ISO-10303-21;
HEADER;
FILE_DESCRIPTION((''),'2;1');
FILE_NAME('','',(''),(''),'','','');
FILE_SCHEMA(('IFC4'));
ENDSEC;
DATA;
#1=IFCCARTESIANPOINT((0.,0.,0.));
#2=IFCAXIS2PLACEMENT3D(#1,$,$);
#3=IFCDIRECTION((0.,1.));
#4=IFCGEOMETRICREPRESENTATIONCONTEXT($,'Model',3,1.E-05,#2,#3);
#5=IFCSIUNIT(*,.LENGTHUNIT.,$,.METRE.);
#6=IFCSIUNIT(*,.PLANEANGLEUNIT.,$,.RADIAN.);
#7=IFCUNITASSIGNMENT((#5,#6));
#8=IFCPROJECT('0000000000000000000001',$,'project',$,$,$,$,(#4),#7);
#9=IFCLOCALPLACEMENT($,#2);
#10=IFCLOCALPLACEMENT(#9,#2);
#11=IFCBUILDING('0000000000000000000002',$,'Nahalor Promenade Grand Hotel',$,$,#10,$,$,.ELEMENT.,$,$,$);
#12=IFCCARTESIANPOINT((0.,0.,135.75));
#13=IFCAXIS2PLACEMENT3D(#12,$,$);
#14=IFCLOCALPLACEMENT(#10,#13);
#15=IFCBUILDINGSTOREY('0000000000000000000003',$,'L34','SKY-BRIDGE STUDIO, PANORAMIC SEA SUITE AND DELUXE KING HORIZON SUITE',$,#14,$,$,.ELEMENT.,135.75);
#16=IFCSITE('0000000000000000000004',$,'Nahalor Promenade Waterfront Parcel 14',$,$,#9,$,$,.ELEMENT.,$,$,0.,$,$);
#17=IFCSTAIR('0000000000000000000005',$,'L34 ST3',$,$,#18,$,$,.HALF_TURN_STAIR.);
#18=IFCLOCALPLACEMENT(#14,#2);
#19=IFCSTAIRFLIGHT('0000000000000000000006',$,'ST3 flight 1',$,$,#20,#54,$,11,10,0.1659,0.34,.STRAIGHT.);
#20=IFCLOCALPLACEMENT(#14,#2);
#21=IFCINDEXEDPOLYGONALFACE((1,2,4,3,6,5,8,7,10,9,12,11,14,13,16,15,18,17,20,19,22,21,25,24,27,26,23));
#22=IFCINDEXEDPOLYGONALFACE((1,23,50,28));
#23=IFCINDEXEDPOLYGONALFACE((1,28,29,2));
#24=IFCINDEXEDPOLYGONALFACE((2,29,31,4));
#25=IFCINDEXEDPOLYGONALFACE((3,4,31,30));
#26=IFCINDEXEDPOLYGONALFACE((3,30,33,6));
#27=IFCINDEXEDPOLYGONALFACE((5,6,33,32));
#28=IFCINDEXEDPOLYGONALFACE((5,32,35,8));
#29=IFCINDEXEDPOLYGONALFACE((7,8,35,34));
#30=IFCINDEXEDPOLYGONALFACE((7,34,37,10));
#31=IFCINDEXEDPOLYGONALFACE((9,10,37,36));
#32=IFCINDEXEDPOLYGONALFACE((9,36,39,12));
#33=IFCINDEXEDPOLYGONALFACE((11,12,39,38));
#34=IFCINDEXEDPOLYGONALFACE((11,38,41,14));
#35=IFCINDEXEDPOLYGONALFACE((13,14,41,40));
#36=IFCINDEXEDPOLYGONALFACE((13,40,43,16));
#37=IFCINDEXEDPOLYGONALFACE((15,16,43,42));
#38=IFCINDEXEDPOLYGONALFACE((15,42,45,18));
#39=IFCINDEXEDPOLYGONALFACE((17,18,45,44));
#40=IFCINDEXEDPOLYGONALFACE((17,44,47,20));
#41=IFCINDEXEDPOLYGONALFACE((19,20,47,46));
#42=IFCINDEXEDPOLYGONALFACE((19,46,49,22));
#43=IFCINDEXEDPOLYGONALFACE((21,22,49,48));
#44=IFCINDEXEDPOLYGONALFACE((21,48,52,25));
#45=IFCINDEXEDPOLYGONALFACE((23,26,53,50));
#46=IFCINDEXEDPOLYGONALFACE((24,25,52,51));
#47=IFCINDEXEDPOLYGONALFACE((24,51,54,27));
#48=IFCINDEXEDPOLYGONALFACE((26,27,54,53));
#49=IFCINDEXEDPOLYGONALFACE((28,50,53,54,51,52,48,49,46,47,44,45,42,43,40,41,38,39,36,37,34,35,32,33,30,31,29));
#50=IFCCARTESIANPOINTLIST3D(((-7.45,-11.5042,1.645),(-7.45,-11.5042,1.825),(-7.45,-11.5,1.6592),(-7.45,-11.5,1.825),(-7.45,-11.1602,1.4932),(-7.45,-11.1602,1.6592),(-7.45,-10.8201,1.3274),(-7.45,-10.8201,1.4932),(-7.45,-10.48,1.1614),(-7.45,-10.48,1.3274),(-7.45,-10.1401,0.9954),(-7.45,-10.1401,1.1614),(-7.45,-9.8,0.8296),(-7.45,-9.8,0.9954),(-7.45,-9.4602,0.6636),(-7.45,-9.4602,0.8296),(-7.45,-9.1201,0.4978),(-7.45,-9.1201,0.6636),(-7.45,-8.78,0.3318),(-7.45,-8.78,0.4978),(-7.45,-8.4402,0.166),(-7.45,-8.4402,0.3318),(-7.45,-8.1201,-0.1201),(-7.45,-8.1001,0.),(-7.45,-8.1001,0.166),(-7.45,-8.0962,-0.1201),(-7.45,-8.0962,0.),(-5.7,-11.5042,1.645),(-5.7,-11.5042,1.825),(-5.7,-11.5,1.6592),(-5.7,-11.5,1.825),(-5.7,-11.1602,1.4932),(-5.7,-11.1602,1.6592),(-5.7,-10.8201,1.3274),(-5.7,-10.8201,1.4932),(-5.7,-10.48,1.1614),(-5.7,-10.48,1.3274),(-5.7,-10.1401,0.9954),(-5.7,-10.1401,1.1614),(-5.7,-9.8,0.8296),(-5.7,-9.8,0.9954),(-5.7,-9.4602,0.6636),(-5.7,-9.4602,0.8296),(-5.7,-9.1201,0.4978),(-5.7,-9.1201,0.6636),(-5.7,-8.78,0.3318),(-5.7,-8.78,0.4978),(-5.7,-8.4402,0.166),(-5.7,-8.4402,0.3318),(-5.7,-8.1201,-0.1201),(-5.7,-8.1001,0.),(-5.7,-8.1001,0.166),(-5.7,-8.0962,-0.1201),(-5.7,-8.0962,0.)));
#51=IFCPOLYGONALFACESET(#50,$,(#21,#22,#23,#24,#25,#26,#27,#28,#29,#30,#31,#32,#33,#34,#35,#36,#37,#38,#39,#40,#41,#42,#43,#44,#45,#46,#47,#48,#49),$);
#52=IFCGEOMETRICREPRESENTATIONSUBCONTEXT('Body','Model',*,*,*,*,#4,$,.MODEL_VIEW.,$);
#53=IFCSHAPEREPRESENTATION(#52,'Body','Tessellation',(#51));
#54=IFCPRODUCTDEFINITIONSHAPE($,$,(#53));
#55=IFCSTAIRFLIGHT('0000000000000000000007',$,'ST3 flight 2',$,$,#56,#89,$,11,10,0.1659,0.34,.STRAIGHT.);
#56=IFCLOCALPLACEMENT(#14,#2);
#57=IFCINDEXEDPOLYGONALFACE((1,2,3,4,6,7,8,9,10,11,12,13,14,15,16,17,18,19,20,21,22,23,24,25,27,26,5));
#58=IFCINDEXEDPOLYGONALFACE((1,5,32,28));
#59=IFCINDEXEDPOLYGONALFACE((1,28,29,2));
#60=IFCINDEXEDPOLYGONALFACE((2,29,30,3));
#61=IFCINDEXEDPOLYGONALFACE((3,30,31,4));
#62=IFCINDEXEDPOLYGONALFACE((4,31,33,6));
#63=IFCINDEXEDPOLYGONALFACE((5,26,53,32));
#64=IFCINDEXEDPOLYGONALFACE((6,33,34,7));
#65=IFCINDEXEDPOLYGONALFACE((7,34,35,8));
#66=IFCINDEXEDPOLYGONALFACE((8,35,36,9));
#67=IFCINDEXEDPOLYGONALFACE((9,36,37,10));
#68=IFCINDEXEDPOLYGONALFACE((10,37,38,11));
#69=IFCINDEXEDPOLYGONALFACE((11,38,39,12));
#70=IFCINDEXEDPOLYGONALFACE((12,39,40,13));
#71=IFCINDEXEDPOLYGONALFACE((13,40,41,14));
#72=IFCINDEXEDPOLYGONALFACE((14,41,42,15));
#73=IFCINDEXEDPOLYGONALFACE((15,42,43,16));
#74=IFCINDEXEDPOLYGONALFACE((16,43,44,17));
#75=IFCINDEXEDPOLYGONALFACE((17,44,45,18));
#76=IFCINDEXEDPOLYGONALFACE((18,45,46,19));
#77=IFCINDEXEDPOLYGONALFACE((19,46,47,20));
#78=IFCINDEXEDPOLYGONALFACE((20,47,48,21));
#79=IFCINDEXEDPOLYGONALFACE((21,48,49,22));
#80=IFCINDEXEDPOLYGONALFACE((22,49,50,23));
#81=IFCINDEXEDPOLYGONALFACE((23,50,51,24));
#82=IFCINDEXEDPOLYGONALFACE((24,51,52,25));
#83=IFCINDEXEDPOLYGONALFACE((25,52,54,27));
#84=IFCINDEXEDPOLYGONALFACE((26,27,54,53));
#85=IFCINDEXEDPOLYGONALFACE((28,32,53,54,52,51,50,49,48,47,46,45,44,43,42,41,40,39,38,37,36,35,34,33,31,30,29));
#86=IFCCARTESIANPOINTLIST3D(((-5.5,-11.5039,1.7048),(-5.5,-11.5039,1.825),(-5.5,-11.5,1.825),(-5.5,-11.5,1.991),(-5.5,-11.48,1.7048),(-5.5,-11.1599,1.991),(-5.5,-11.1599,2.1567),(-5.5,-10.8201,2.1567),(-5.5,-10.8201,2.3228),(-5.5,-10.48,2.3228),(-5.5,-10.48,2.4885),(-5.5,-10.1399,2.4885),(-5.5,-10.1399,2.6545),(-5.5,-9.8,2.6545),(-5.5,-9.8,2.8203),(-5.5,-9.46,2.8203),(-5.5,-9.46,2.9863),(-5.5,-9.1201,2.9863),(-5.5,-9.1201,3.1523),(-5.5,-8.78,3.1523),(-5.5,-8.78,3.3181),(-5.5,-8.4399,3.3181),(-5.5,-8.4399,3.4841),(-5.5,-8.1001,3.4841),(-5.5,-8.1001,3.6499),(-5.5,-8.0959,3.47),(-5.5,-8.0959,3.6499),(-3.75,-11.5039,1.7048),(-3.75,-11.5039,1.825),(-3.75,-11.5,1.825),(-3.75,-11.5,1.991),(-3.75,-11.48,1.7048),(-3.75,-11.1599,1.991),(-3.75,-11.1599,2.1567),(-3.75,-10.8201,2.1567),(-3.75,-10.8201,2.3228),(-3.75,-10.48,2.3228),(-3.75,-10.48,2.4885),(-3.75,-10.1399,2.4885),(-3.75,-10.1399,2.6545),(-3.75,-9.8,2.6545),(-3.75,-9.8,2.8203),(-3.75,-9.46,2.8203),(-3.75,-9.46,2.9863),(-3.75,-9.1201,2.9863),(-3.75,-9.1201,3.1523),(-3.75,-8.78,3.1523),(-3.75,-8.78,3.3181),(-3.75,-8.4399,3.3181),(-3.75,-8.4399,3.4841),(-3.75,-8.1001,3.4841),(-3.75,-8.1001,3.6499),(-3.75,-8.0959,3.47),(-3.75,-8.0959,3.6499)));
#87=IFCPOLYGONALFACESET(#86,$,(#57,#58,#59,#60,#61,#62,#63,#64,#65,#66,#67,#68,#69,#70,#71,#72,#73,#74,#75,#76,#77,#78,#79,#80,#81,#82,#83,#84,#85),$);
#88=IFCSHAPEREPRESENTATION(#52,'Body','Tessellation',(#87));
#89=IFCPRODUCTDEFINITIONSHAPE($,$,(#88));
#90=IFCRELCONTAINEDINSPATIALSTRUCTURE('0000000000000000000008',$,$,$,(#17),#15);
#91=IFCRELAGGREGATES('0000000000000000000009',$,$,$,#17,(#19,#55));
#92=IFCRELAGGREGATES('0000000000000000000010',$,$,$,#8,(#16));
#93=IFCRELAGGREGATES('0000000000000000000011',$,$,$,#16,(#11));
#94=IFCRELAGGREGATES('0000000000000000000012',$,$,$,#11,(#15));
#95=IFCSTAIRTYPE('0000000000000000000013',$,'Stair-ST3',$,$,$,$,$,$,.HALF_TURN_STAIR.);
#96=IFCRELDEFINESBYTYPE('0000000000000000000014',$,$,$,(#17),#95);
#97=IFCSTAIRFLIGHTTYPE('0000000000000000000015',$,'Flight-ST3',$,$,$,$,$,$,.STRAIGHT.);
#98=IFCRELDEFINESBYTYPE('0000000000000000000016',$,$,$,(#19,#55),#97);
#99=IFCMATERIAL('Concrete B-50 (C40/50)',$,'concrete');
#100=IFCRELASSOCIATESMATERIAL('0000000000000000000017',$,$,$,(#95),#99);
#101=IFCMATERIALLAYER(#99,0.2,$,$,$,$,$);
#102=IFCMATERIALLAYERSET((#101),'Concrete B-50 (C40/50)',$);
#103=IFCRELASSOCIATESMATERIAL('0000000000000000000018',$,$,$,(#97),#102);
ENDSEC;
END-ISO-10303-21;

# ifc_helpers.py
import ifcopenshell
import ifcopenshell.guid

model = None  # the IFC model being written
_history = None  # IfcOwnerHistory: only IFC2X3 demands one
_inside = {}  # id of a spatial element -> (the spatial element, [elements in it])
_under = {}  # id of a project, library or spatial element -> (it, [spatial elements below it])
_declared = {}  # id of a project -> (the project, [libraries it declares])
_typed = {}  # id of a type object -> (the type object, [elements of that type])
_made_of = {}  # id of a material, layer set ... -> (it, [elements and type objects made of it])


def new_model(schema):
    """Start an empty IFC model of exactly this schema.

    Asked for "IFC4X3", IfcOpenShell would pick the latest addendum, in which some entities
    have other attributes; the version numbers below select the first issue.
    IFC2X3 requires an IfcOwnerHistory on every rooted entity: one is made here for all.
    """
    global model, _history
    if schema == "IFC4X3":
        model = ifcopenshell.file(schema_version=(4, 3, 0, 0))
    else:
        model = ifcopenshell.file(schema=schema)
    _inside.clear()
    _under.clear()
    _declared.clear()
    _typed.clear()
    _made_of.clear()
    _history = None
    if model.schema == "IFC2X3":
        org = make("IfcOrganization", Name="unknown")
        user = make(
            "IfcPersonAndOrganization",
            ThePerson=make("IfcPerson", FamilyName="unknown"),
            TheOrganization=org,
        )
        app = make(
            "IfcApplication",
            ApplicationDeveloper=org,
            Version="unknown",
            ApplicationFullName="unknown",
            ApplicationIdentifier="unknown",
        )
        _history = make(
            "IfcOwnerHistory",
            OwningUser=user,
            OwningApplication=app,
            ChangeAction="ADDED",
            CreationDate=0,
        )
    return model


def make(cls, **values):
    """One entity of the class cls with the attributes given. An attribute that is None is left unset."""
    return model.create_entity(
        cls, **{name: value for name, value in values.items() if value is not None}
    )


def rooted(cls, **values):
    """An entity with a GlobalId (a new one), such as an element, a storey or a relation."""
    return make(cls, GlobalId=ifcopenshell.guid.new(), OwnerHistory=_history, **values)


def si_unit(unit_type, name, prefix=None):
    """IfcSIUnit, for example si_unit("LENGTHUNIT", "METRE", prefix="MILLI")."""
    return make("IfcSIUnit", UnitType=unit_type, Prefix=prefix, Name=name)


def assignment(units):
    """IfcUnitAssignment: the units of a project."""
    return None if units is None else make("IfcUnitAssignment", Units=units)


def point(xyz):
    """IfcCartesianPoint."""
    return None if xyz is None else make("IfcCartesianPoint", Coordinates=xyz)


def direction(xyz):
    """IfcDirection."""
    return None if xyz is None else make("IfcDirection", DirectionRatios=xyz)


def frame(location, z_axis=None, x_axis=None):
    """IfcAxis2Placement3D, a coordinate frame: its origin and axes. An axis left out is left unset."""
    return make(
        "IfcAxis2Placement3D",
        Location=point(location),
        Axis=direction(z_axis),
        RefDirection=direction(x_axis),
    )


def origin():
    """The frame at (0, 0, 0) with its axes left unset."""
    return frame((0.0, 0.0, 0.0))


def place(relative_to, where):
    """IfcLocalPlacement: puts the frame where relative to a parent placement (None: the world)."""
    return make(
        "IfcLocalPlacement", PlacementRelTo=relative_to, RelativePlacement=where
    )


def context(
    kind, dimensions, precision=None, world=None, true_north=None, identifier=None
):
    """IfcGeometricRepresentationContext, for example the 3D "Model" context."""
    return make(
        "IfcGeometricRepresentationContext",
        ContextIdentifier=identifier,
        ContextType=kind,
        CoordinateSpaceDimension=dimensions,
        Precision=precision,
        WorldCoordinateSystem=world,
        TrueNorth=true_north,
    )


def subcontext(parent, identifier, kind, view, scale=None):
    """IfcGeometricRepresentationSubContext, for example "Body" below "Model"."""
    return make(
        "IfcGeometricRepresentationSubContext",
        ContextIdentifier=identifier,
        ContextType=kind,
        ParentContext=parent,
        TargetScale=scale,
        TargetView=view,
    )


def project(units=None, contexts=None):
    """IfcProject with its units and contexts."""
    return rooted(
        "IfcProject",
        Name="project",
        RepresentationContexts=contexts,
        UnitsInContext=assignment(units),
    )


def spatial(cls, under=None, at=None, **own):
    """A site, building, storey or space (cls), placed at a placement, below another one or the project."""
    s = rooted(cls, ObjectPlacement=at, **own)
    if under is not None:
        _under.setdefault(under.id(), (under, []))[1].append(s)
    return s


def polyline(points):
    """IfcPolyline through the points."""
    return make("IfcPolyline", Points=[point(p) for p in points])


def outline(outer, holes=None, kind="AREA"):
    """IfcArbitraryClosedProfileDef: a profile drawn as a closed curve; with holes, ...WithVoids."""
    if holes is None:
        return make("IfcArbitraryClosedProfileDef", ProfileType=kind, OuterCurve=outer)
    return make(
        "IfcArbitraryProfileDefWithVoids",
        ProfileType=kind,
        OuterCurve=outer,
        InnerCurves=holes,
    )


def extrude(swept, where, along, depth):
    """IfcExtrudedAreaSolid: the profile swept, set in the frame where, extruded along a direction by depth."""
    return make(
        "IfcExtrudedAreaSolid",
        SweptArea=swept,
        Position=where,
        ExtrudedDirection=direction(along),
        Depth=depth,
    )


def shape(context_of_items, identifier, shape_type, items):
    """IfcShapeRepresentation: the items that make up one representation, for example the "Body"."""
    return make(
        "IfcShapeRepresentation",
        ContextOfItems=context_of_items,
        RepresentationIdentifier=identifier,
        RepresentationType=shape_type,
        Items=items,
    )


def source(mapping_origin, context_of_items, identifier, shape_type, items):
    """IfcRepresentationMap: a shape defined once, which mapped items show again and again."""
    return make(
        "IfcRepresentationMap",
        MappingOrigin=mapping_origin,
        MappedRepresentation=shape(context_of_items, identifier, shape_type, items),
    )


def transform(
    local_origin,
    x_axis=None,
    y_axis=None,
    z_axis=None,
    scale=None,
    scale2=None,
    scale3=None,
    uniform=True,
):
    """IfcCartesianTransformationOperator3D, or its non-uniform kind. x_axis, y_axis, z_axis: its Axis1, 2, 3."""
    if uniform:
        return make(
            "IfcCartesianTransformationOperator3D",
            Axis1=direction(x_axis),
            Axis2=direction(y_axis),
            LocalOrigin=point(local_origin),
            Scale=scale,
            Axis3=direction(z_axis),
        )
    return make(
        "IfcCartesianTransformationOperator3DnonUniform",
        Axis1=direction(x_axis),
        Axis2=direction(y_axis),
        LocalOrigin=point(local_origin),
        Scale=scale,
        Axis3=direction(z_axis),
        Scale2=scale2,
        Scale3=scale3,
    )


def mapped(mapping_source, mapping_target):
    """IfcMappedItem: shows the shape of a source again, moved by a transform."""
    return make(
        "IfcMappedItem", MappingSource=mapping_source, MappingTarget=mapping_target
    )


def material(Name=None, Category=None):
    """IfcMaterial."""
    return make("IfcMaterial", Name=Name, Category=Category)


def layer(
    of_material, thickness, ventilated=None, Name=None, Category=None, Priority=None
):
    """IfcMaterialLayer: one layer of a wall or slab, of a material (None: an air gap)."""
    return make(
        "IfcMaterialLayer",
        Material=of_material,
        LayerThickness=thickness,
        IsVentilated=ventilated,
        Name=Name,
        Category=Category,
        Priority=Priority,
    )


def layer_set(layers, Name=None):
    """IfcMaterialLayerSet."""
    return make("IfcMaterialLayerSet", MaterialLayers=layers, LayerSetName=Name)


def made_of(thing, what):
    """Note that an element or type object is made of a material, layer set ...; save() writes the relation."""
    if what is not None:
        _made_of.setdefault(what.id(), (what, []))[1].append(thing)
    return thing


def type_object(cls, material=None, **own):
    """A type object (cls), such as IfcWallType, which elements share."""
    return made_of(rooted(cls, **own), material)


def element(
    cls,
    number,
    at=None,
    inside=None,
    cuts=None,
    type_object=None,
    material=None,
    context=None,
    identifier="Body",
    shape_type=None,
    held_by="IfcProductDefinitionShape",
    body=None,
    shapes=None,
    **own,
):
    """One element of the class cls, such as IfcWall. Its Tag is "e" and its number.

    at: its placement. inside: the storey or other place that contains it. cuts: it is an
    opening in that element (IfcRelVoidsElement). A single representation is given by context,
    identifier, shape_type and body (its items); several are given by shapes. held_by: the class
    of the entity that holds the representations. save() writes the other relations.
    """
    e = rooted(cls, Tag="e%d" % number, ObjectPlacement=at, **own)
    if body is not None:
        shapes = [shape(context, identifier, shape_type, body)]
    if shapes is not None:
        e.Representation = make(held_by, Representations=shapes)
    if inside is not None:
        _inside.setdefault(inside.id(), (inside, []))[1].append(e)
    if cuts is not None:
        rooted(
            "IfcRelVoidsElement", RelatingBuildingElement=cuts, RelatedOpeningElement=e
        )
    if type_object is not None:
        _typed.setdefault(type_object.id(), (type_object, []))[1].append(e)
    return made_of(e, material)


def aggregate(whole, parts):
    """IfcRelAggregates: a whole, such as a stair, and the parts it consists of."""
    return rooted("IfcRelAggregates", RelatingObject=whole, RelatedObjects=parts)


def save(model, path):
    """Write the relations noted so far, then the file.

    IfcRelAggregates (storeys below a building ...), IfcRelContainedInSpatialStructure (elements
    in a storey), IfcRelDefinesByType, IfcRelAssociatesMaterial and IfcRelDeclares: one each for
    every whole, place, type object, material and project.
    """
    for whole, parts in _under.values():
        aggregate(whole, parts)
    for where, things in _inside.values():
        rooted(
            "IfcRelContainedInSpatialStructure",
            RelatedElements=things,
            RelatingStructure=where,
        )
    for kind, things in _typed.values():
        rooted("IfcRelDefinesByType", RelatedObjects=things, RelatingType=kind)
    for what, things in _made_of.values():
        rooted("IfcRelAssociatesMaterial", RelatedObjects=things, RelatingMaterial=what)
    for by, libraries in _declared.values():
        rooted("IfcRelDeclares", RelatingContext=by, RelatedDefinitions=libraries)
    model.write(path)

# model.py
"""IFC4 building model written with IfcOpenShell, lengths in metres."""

from ifc_helpers import new_model, si_unit, direction, frame, origin, place, context, subcontext, project, spatial, polyline, outline, extrude, source, transform, mapped, material, layer, layer_set, type_object, element, aggregate, save


model = new_model("IFC4")

# Units and contexts
model_context = context("Model", 3, precision=1e-05, world=origin(), true_north=direction((0.0, 1.0)))
body_context = subcontext(model_context, "Body", "Model", "MODEL_VIEW")
ifc_project = project(units=[si_unit("LENGTHUNIT", "METRE"), si_unit("PLANEANGLEUNIT", "RADIAN")], contexts=[model_context])

# Site, building, storey
site_placement = place(None, origin())
site = spatial("IfcSite", under=ifc_project, at=site_placement, Name="Nahalor Promenade Waterfront Parcel 14", CompositionType="ELEMENT", RefElevation=0.0)
building_placement = place(site_placement, origin())
building = spatial("IfcBuilding", under=site, at=building_placement, Name="Nahalor Promenade Grand Hotel", CompositionType="ELEMENT")
storey_placement = place(building_placement, frame((0.0, 0.0, 135.75)))
storey = spatial("IfcBuildingStorey", under=building, at=storey_placement, Name="L34", Description="SKY-BRIDGE STUDIO, PANORAMIC SEA SUITE AND DELUXE KING HORIZON SUITE", CompositionType="ELEMENT", Elevation=135.75)

# Shared definitions
ifc_material_1 = material(Name="Concrete B-50 (C40/50)", Category="concrete")

# Stair, stair flights
stair_type = type_object("IfcStairType", Name="Stair-ST3", PredefinedType="HALF_TURN_STAIR", material=ifc_material_1)
stair_placement = place(storey_placement, origin())
stair = element("IfcStair", 1, at=stair_placement, inside=storey, type_object=stair_type, Name="L34 ST3", PredefinedType="HALF_TURN_STAIR")
ifc_layer_1 = layer(ifc_material_1, 0.2)
ifc_layer_set_1 = layer_set([ifc_layer_1], Name="Concrete B-50 (C40/50)")
stair_flight_type = type_object("IfcStairFlightType", Name="Flight-ST3", PredefinedType="STRAIGHT", material=ifc_layer_set_1)
shared_shape_1 = source(origin(), body_context, "Body", "SweptSolid", [
    extrude(outline(polyline([(-0.0039, -0.1201), (-0.0039, 0.0), (0.0, 0.0), (0.0, 0.166), (0.3401, 0.166), (0.3401, 0.3318), (0.6799, 0.3318), (0.6799, 0.4978), (1.02, 0.4978), (1.02, 0.6636), (1.3601, 0.6636), (1.3601, 0.8296), (1.7, 0.8296), (1.7, 0.9954), (2.04, 0.9954), (2.04, 1.1614), (2.3799, 1.1614), (2.3799, 1.3274), (2.72, 1.3274), (2.72, 1.4932), (3.0601, 1.4932), (3.0601, 1.6592), (3.3999, 1.6592), (3.3999, 1.825), (3.4041, 1.825), (3.4041, 1.645), (0.02, -0.1201), (-0.0039, -0.1201)])), frame((0.0, 0.875, 0.0), z_axis=(0.0, -1.0, 0.0), x_axis=(1.0, 0.0, 0.0)), (0.0, 0.0, 1.0), 1.75),
])
stair_flight_1_placement = place(storey_placement, frame((-6.575, -8.1001, 0.0), z_axis=(0.0, 0.0, 1.0), x_axis=(0.0, -1.0, 0.0)))
stair_flight_1 = element("IfcStairFlight", 2, at=stair_flight_1_placement, type_object=stair_flight_type, Name="ST3 flight 1", NumberOfRisers=11, NumberOfTreads=10, PredefinedType="STRAIGHT", RiserHeight=0.1659, TreadLength=0.34, context=body_context, shape_type="MappedRepresentation", body=[
    mapped(shared_shape_1, transform((0.0, 0.0, 0.0), scale=1.0)),
])
stair_flight_2_placement = place(storey_placement, frame((-4.625, -11.5, 1.825), z_axis=(0.0, 0.0, 1.0), x_axis=(0.0, 1.0, 0.0)))
stair_flight_2 = element("IfcStairFlight", 3, at=stair_flight_2_placement, type_object=stair_flight_type, Name="ST3 flight 2", NumberOfRisers=11, NumberOfTreads=10, PredefinedType="STRAIGHT", RiserHeight=0.1659, TreadLength=0.34, context=body_context, shape_type="MappedRepresentation", body=[
    mapped(shared_shape_1, transform((0.0, 0.0, 0.0), scale=1.0)),
])
aggregate(stair, [stair_flight_1, stair_flight_2])

save(model, "model.ifc")
